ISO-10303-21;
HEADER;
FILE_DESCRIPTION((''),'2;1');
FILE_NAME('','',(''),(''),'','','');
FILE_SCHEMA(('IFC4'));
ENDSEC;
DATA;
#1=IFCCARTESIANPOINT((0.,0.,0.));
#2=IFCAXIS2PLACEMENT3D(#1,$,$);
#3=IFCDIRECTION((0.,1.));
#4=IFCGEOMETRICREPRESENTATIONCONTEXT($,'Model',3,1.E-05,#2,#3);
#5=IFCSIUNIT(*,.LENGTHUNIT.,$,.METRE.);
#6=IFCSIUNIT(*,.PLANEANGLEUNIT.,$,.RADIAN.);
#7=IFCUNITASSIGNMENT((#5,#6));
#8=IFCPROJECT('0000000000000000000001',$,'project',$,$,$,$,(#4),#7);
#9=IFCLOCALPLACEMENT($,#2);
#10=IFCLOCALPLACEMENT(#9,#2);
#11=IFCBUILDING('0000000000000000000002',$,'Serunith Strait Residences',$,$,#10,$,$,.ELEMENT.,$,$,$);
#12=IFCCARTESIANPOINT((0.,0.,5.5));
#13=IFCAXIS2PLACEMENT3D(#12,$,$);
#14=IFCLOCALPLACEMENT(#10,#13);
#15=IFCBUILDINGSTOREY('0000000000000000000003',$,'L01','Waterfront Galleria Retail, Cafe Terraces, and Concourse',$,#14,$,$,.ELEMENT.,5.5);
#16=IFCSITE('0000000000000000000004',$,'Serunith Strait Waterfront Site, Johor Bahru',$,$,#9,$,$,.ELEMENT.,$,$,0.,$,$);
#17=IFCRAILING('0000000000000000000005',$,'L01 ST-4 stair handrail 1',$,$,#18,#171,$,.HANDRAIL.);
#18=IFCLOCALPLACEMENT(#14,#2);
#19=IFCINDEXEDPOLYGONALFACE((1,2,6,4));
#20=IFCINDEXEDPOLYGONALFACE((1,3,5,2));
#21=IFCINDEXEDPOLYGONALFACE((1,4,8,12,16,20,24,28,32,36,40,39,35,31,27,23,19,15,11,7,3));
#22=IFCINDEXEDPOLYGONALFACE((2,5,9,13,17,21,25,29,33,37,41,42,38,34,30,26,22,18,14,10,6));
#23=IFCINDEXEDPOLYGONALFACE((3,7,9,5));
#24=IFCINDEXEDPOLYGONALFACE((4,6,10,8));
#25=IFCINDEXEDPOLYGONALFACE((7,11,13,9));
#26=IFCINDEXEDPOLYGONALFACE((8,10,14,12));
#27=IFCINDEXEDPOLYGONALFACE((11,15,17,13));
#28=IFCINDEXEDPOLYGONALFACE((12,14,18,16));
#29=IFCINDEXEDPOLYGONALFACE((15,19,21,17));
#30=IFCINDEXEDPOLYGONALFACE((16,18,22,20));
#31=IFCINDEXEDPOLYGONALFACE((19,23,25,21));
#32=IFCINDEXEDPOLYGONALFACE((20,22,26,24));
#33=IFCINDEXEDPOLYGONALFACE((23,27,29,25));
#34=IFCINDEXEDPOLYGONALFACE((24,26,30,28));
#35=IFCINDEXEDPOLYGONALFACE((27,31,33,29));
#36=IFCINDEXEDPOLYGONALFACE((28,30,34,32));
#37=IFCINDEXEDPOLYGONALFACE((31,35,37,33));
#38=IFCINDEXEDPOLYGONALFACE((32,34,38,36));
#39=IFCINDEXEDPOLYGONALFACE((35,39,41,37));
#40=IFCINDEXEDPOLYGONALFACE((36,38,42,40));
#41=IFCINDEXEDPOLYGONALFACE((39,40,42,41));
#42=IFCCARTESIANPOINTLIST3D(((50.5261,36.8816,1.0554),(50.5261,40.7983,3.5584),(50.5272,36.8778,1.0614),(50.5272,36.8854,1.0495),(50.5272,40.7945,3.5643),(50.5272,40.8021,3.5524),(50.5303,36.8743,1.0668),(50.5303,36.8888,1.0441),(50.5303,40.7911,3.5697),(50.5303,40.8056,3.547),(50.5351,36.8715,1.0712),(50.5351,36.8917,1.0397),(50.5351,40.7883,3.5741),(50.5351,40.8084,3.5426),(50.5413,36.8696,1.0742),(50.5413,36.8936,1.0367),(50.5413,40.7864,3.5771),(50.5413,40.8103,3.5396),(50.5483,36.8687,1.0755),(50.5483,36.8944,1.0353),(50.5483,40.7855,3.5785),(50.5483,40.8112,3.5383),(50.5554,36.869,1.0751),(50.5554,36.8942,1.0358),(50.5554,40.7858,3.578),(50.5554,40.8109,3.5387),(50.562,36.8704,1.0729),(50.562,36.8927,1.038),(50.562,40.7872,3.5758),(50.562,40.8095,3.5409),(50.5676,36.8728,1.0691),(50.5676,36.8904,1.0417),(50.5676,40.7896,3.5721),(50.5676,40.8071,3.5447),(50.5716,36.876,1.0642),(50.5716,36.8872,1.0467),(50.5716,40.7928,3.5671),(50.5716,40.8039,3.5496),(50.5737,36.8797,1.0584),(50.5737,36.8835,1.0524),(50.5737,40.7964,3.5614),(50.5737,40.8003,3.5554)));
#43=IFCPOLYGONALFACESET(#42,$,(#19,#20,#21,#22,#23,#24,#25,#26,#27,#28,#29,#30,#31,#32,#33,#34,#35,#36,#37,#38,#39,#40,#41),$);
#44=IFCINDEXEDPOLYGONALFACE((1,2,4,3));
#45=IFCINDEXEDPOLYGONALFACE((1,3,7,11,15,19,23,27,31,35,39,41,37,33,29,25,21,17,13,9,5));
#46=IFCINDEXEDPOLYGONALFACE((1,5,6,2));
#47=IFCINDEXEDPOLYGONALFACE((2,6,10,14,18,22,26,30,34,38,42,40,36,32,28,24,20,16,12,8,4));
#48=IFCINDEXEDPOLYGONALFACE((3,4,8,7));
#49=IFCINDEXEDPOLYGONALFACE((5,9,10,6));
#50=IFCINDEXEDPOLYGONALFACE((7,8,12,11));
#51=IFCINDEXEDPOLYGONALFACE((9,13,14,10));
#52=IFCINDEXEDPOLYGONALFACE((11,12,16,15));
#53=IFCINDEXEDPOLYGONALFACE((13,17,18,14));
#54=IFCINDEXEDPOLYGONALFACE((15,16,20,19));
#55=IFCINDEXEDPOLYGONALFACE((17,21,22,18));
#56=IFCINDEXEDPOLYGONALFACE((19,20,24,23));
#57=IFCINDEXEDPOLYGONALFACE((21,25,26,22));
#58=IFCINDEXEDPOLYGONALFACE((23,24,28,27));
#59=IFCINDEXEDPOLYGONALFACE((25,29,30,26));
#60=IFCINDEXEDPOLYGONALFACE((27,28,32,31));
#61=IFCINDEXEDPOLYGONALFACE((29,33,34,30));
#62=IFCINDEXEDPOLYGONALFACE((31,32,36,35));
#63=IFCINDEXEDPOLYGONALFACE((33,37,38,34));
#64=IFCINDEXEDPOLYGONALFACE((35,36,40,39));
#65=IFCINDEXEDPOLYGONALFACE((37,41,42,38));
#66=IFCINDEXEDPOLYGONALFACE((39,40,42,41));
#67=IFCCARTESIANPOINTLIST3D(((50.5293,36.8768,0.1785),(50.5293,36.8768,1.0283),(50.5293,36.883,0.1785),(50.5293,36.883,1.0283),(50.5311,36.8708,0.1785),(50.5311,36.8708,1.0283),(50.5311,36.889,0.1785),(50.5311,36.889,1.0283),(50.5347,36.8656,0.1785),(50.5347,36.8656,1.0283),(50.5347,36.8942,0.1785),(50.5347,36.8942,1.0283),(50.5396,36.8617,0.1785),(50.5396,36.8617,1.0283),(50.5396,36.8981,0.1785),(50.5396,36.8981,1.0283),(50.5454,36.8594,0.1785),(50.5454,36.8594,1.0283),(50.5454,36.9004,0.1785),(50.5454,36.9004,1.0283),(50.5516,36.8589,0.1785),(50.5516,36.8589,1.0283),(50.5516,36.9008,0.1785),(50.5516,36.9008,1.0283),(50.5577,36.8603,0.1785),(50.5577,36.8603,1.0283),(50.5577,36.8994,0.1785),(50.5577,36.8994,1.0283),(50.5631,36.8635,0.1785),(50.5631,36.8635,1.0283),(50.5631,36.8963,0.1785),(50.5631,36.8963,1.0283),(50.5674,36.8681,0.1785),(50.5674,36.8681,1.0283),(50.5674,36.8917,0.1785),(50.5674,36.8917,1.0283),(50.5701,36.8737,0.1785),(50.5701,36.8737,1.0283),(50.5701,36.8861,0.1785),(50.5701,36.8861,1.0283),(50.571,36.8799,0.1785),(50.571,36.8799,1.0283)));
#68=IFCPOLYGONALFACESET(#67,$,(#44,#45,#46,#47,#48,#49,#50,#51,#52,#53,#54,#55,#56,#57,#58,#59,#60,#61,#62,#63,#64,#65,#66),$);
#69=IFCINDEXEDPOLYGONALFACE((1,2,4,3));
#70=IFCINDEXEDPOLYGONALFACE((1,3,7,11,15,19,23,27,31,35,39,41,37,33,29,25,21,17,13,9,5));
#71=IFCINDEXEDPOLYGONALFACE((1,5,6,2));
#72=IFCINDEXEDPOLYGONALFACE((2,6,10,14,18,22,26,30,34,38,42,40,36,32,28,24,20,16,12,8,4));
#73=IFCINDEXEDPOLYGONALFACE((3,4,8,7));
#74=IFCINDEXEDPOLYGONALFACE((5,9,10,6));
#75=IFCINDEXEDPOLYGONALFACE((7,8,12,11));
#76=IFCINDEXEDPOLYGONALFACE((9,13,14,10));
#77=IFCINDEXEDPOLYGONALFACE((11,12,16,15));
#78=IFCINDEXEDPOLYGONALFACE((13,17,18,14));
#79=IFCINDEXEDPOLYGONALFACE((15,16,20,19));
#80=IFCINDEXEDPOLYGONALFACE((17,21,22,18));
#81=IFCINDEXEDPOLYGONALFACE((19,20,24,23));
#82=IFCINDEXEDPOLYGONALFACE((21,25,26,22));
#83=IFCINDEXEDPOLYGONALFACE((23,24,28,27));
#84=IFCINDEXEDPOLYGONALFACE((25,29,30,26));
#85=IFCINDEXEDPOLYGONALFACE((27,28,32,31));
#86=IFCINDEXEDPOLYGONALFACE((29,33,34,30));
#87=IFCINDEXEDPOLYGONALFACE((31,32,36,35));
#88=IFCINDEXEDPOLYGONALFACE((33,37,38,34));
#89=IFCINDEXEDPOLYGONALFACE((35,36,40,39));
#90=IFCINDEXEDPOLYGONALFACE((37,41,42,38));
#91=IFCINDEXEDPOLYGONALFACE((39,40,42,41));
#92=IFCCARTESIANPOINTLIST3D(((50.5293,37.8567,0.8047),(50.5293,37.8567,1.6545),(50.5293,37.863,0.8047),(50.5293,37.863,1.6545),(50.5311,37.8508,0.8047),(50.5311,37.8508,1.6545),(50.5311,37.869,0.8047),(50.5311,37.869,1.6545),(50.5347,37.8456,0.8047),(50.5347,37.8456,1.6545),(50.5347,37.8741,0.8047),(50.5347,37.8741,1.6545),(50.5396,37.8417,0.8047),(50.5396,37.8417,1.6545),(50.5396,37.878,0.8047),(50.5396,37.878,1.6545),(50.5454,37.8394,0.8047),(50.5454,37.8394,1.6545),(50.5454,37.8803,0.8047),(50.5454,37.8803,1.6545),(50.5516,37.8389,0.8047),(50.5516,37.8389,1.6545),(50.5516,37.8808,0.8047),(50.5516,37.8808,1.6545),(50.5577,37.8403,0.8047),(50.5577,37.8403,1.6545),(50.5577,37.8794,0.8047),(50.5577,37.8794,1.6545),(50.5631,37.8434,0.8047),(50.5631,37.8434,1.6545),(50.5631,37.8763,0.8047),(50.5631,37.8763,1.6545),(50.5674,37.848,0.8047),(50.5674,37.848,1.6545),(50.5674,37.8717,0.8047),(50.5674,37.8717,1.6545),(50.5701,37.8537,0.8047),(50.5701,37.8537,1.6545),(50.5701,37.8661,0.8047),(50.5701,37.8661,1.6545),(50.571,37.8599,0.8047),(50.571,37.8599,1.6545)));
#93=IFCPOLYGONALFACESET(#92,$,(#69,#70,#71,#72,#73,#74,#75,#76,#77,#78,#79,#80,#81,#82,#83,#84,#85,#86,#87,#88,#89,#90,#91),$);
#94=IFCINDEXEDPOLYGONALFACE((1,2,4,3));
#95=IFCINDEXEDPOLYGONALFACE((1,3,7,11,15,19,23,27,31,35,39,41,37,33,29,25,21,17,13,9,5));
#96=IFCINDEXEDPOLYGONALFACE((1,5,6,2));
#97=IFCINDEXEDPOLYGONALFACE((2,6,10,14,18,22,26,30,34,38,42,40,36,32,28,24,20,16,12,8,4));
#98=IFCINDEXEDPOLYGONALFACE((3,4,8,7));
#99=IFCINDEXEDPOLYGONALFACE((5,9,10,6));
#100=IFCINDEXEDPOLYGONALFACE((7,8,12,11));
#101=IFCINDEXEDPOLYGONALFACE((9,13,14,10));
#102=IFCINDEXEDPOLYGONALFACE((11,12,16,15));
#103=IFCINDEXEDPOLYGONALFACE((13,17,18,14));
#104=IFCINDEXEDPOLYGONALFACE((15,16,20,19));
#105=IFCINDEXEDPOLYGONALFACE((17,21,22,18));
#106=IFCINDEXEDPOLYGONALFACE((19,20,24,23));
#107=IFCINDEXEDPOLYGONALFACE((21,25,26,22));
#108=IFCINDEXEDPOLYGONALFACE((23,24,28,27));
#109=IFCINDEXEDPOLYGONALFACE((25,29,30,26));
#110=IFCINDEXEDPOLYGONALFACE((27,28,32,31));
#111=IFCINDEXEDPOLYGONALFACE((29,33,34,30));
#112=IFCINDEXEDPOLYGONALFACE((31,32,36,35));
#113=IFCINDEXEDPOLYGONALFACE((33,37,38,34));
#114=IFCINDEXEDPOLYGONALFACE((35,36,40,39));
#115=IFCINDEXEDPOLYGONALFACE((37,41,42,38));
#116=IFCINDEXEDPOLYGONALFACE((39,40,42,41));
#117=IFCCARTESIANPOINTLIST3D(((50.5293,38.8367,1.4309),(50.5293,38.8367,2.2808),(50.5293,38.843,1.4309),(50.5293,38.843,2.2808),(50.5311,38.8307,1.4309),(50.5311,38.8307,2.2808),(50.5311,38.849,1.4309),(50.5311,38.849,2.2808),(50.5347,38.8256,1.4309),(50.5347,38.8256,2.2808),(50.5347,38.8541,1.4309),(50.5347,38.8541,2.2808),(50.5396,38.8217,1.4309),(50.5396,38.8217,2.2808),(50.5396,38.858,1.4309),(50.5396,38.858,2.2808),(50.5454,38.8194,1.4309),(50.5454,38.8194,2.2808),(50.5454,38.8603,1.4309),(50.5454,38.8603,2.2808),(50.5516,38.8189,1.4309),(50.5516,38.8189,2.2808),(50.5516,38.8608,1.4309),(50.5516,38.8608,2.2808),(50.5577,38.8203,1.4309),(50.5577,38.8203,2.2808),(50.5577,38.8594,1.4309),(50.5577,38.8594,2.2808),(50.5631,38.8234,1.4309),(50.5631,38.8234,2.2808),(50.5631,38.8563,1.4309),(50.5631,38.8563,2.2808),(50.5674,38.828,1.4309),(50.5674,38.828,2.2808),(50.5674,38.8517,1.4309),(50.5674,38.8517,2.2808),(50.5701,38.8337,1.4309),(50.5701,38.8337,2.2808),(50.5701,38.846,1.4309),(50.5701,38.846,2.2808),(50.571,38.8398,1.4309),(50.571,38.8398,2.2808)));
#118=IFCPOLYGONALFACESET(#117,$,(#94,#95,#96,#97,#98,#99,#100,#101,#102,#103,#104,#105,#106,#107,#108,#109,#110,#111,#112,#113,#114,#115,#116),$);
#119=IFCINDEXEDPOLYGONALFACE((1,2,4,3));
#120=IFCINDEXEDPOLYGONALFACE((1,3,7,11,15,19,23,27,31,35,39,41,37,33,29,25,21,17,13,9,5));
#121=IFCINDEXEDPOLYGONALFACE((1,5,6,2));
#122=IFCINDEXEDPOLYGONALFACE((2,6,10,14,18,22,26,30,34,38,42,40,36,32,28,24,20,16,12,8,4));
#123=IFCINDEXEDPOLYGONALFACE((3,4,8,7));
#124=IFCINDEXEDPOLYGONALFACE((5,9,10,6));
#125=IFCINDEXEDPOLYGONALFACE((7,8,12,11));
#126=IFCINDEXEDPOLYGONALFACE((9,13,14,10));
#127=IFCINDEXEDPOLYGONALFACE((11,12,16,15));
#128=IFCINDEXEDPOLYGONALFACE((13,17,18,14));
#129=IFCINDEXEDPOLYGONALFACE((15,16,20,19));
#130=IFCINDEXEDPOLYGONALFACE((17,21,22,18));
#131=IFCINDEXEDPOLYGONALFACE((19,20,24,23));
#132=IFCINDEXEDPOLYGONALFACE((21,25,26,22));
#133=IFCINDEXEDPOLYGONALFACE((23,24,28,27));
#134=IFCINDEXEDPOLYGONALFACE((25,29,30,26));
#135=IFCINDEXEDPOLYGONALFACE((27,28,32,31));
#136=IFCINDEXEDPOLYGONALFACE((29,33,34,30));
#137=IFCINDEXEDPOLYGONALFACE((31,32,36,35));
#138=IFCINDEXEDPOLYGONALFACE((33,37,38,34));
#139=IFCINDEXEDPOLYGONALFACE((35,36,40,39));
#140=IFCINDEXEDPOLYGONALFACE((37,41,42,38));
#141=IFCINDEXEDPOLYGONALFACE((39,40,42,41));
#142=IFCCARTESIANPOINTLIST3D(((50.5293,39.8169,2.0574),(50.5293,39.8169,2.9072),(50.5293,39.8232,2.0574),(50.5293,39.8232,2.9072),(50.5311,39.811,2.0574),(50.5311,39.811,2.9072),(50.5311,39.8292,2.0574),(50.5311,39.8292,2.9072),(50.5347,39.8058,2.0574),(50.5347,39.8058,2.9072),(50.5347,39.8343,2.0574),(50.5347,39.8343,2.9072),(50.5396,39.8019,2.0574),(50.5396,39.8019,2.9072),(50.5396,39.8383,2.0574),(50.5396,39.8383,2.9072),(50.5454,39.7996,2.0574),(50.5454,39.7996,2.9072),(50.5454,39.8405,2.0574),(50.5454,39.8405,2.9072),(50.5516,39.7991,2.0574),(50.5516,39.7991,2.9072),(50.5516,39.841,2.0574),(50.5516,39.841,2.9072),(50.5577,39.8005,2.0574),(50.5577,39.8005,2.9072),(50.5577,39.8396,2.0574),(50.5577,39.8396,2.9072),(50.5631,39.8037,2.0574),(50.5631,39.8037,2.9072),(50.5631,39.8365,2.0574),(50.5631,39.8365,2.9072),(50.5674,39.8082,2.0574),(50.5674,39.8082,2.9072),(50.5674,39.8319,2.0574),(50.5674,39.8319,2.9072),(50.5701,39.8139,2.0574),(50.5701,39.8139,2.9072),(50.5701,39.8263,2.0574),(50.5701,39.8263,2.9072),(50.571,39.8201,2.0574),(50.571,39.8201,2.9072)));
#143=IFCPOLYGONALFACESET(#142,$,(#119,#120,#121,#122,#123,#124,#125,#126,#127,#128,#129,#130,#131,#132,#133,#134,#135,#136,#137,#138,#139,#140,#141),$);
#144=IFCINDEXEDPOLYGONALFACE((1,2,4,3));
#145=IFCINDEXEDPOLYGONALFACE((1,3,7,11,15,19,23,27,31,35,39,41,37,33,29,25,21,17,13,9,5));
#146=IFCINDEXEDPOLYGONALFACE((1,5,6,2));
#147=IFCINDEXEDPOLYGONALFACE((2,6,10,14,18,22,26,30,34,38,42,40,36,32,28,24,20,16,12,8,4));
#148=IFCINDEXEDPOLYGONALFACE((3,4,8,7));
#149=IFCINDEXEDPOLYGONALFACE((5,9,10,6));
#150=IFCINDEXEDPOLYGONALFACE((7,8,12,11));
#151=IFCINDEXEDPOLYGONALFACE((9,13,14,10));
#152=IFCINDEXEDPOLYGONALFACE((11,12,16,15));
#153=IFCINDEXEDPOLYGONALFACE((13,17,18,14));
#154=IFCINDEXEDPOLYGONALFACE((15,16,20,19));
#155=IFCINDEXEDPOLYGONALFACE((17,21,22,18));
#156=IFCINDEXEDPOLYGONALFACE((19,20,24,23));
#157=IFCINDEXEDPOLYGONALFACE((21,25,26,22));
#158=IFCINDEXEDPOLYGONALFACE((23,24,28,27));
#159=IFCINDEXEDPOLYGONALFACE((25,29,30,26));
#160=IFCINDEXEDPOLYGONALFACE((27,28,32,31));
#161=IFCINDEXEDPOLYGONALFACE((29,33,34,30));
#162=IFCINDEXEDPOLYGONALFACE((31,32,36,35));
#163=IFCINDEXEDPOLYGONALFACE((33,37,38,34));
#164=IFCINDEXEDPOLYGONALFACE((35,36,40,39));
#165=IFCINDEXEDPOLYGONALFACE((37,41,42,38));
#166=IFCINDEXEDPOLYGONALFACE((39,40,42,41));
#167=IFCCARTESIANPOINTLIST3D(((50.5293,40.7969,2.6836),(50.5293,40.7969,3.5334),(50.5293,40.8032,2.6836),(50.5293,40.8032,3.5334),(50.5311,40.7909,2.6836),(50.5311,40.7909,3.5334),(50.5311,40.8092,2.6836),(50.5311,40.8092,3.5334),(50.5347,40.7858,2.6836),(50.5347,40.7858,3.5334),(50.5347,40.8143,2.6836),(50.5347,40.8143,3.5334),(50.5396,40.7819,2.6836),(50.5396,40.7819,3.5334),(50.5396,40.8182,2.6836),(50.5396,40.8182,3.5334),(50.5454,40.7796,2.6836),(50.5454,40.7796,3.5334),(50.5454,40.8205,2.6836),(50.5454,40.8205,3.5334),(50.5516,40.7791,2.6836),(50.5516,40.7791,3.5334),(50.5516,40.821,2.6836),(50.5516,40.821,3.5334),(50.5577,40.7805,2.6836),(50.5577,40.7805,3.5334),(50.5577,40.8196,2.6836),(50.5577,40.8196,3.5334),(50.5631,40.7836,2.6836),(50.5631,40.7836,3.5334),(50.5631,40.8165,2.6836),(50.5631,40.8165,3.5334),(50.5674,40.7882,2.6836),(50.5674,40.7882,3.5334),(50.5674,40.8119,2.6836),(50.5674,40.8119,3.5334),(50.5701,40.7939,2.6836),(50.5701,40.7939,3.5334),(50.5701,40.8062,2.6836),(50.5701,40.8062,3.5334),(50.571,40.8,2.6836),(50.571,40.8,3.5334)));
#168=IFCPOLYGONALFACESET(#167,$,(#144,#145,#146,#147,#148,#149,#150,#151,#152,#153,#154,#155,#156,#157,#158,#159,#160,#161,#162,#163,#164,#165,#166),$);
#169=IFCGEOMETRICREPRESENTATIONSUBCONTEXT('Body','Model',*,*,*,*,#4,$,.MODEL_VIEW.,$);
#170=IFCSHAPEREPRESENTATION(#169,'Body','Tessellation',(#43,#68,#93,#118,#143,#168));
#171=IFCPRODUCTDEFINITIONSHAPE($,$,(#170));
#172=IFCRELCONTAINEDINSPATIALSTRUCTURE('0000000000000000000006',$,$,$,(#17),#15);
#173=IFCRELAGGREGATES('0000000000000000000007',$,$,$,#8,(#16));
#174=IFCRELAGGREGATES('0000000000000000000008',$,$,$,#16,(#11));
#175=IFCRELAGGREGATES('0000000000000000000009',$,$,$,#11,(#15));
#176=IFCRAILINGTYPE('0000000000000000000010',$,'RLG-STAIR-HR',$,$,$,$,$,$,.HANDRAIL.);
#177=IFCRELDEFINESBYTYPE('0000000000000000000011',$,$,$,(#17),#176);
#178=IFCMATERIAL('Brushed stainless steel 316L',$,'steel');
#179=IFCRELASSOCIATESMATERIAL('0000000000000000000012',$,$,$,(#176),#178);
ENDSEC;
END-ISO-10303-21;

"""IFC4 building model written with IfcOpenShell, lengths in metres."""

from ifc_helpers import new_model, si_unit, direction, frame, origin, origin_2d, place, context, subcontext, project, spatial, circle, extrude, material, type_object, element, save


model = new_model("IFC4")

# Units and contexts
model_context = context("Model", 3, precision=1e-05, world=origin(), true_north=direction((0.0, 1.0)))
body_context = subcontext(model_context, "Body", "Model", "MODEL_VIEW")
ifc_project = project(units=[si_unit("LENGTHUNIT", "METRE"), si_unit("PLANEANGLEUNIT", "RADIAN")], contexts=[model_context])

# Site, building, storey
site_placement = place(None, origin())
site = spatial("IfcSite", under=ifc_project, at=site_placement, Name="Serunith Strait Waterfront Site, Johor Bahru", CompositionType="ELEMENT", RefElevation=0.0)
building_placement = place(site_placement, origin())
building = spatial("IfcBuilding", under=site, at=building_placement, Name="Serunith Strait Residences", CompositionType="ELEMENT")
storey_placement = place(building_placement, frame((0.0, 0.0, 5.5)))
storey = spatial("IfcBuildingStorey", under=building, at=storey_placement, Name="L01", Description="Waterfront Galleria Retail, Cafe Terraces, and Concourse", CompositionType="ELEMENT", Elevation=5.5)

# Railing
ifc_material_1 = material(Name="Brushed stainless steel 316L", Category="steel")
railing_type_1 = type_object("IfcRailingType", Name="RLG-STAIR-HR", PredefinedType="HANDRAIL", material=ifc_material_1)
railing_1_placement = place(storey_placement, frame((50.55, 36.8799, 0.1785)))
element("IfcRailing", 1, at=railing_1_placement, inside=storey, type_object=railing_type_1, Name="L01 ST-4 stair handrail 1", PredefinedType="HANDRAIL", context=body_context, shape_type="SweptSolid", body=[
    extrude(circle(Radius=0.0239, at=origin_2d()), frame((0.0, 0.0017, 0.877), z_axis=(0.0, 0.84264, 0.538477), x_axis=(-1.0, 0.0, 0.0)), (0.0, 0.0, 1.0), 4.6482),
    extrude(circle(Radius=0.021, at=origin_2d()), origin(), (0.0, 0.0, 1.0), 0.8499),
    extrude(circle(Radius=0.021, at=origin_2d()), frame((0.0, 0.98, 0.6262)), (0.0, 0.0, 1.0), 0.8499),
    extrude(circle(Radius=0.021, at=origin_2d()), frame((0.0, 1.96, 1.2524)), (0.0, 0.0, 1.0), 0.8499),
    extrude(circle(Radius=0.021, at=origin_2d()), frame((0.0, 2.9402, 1.8789)), (0.0, 0.0, 1.0), 0.8499),
    extrude(circle(Radius=0.021, at=origin_2d()), frame((0.0, 3.9202, 2.5051)), (0.0, 0.0, 1.0), 0.8499),
])

save(model, "model.ifc")
